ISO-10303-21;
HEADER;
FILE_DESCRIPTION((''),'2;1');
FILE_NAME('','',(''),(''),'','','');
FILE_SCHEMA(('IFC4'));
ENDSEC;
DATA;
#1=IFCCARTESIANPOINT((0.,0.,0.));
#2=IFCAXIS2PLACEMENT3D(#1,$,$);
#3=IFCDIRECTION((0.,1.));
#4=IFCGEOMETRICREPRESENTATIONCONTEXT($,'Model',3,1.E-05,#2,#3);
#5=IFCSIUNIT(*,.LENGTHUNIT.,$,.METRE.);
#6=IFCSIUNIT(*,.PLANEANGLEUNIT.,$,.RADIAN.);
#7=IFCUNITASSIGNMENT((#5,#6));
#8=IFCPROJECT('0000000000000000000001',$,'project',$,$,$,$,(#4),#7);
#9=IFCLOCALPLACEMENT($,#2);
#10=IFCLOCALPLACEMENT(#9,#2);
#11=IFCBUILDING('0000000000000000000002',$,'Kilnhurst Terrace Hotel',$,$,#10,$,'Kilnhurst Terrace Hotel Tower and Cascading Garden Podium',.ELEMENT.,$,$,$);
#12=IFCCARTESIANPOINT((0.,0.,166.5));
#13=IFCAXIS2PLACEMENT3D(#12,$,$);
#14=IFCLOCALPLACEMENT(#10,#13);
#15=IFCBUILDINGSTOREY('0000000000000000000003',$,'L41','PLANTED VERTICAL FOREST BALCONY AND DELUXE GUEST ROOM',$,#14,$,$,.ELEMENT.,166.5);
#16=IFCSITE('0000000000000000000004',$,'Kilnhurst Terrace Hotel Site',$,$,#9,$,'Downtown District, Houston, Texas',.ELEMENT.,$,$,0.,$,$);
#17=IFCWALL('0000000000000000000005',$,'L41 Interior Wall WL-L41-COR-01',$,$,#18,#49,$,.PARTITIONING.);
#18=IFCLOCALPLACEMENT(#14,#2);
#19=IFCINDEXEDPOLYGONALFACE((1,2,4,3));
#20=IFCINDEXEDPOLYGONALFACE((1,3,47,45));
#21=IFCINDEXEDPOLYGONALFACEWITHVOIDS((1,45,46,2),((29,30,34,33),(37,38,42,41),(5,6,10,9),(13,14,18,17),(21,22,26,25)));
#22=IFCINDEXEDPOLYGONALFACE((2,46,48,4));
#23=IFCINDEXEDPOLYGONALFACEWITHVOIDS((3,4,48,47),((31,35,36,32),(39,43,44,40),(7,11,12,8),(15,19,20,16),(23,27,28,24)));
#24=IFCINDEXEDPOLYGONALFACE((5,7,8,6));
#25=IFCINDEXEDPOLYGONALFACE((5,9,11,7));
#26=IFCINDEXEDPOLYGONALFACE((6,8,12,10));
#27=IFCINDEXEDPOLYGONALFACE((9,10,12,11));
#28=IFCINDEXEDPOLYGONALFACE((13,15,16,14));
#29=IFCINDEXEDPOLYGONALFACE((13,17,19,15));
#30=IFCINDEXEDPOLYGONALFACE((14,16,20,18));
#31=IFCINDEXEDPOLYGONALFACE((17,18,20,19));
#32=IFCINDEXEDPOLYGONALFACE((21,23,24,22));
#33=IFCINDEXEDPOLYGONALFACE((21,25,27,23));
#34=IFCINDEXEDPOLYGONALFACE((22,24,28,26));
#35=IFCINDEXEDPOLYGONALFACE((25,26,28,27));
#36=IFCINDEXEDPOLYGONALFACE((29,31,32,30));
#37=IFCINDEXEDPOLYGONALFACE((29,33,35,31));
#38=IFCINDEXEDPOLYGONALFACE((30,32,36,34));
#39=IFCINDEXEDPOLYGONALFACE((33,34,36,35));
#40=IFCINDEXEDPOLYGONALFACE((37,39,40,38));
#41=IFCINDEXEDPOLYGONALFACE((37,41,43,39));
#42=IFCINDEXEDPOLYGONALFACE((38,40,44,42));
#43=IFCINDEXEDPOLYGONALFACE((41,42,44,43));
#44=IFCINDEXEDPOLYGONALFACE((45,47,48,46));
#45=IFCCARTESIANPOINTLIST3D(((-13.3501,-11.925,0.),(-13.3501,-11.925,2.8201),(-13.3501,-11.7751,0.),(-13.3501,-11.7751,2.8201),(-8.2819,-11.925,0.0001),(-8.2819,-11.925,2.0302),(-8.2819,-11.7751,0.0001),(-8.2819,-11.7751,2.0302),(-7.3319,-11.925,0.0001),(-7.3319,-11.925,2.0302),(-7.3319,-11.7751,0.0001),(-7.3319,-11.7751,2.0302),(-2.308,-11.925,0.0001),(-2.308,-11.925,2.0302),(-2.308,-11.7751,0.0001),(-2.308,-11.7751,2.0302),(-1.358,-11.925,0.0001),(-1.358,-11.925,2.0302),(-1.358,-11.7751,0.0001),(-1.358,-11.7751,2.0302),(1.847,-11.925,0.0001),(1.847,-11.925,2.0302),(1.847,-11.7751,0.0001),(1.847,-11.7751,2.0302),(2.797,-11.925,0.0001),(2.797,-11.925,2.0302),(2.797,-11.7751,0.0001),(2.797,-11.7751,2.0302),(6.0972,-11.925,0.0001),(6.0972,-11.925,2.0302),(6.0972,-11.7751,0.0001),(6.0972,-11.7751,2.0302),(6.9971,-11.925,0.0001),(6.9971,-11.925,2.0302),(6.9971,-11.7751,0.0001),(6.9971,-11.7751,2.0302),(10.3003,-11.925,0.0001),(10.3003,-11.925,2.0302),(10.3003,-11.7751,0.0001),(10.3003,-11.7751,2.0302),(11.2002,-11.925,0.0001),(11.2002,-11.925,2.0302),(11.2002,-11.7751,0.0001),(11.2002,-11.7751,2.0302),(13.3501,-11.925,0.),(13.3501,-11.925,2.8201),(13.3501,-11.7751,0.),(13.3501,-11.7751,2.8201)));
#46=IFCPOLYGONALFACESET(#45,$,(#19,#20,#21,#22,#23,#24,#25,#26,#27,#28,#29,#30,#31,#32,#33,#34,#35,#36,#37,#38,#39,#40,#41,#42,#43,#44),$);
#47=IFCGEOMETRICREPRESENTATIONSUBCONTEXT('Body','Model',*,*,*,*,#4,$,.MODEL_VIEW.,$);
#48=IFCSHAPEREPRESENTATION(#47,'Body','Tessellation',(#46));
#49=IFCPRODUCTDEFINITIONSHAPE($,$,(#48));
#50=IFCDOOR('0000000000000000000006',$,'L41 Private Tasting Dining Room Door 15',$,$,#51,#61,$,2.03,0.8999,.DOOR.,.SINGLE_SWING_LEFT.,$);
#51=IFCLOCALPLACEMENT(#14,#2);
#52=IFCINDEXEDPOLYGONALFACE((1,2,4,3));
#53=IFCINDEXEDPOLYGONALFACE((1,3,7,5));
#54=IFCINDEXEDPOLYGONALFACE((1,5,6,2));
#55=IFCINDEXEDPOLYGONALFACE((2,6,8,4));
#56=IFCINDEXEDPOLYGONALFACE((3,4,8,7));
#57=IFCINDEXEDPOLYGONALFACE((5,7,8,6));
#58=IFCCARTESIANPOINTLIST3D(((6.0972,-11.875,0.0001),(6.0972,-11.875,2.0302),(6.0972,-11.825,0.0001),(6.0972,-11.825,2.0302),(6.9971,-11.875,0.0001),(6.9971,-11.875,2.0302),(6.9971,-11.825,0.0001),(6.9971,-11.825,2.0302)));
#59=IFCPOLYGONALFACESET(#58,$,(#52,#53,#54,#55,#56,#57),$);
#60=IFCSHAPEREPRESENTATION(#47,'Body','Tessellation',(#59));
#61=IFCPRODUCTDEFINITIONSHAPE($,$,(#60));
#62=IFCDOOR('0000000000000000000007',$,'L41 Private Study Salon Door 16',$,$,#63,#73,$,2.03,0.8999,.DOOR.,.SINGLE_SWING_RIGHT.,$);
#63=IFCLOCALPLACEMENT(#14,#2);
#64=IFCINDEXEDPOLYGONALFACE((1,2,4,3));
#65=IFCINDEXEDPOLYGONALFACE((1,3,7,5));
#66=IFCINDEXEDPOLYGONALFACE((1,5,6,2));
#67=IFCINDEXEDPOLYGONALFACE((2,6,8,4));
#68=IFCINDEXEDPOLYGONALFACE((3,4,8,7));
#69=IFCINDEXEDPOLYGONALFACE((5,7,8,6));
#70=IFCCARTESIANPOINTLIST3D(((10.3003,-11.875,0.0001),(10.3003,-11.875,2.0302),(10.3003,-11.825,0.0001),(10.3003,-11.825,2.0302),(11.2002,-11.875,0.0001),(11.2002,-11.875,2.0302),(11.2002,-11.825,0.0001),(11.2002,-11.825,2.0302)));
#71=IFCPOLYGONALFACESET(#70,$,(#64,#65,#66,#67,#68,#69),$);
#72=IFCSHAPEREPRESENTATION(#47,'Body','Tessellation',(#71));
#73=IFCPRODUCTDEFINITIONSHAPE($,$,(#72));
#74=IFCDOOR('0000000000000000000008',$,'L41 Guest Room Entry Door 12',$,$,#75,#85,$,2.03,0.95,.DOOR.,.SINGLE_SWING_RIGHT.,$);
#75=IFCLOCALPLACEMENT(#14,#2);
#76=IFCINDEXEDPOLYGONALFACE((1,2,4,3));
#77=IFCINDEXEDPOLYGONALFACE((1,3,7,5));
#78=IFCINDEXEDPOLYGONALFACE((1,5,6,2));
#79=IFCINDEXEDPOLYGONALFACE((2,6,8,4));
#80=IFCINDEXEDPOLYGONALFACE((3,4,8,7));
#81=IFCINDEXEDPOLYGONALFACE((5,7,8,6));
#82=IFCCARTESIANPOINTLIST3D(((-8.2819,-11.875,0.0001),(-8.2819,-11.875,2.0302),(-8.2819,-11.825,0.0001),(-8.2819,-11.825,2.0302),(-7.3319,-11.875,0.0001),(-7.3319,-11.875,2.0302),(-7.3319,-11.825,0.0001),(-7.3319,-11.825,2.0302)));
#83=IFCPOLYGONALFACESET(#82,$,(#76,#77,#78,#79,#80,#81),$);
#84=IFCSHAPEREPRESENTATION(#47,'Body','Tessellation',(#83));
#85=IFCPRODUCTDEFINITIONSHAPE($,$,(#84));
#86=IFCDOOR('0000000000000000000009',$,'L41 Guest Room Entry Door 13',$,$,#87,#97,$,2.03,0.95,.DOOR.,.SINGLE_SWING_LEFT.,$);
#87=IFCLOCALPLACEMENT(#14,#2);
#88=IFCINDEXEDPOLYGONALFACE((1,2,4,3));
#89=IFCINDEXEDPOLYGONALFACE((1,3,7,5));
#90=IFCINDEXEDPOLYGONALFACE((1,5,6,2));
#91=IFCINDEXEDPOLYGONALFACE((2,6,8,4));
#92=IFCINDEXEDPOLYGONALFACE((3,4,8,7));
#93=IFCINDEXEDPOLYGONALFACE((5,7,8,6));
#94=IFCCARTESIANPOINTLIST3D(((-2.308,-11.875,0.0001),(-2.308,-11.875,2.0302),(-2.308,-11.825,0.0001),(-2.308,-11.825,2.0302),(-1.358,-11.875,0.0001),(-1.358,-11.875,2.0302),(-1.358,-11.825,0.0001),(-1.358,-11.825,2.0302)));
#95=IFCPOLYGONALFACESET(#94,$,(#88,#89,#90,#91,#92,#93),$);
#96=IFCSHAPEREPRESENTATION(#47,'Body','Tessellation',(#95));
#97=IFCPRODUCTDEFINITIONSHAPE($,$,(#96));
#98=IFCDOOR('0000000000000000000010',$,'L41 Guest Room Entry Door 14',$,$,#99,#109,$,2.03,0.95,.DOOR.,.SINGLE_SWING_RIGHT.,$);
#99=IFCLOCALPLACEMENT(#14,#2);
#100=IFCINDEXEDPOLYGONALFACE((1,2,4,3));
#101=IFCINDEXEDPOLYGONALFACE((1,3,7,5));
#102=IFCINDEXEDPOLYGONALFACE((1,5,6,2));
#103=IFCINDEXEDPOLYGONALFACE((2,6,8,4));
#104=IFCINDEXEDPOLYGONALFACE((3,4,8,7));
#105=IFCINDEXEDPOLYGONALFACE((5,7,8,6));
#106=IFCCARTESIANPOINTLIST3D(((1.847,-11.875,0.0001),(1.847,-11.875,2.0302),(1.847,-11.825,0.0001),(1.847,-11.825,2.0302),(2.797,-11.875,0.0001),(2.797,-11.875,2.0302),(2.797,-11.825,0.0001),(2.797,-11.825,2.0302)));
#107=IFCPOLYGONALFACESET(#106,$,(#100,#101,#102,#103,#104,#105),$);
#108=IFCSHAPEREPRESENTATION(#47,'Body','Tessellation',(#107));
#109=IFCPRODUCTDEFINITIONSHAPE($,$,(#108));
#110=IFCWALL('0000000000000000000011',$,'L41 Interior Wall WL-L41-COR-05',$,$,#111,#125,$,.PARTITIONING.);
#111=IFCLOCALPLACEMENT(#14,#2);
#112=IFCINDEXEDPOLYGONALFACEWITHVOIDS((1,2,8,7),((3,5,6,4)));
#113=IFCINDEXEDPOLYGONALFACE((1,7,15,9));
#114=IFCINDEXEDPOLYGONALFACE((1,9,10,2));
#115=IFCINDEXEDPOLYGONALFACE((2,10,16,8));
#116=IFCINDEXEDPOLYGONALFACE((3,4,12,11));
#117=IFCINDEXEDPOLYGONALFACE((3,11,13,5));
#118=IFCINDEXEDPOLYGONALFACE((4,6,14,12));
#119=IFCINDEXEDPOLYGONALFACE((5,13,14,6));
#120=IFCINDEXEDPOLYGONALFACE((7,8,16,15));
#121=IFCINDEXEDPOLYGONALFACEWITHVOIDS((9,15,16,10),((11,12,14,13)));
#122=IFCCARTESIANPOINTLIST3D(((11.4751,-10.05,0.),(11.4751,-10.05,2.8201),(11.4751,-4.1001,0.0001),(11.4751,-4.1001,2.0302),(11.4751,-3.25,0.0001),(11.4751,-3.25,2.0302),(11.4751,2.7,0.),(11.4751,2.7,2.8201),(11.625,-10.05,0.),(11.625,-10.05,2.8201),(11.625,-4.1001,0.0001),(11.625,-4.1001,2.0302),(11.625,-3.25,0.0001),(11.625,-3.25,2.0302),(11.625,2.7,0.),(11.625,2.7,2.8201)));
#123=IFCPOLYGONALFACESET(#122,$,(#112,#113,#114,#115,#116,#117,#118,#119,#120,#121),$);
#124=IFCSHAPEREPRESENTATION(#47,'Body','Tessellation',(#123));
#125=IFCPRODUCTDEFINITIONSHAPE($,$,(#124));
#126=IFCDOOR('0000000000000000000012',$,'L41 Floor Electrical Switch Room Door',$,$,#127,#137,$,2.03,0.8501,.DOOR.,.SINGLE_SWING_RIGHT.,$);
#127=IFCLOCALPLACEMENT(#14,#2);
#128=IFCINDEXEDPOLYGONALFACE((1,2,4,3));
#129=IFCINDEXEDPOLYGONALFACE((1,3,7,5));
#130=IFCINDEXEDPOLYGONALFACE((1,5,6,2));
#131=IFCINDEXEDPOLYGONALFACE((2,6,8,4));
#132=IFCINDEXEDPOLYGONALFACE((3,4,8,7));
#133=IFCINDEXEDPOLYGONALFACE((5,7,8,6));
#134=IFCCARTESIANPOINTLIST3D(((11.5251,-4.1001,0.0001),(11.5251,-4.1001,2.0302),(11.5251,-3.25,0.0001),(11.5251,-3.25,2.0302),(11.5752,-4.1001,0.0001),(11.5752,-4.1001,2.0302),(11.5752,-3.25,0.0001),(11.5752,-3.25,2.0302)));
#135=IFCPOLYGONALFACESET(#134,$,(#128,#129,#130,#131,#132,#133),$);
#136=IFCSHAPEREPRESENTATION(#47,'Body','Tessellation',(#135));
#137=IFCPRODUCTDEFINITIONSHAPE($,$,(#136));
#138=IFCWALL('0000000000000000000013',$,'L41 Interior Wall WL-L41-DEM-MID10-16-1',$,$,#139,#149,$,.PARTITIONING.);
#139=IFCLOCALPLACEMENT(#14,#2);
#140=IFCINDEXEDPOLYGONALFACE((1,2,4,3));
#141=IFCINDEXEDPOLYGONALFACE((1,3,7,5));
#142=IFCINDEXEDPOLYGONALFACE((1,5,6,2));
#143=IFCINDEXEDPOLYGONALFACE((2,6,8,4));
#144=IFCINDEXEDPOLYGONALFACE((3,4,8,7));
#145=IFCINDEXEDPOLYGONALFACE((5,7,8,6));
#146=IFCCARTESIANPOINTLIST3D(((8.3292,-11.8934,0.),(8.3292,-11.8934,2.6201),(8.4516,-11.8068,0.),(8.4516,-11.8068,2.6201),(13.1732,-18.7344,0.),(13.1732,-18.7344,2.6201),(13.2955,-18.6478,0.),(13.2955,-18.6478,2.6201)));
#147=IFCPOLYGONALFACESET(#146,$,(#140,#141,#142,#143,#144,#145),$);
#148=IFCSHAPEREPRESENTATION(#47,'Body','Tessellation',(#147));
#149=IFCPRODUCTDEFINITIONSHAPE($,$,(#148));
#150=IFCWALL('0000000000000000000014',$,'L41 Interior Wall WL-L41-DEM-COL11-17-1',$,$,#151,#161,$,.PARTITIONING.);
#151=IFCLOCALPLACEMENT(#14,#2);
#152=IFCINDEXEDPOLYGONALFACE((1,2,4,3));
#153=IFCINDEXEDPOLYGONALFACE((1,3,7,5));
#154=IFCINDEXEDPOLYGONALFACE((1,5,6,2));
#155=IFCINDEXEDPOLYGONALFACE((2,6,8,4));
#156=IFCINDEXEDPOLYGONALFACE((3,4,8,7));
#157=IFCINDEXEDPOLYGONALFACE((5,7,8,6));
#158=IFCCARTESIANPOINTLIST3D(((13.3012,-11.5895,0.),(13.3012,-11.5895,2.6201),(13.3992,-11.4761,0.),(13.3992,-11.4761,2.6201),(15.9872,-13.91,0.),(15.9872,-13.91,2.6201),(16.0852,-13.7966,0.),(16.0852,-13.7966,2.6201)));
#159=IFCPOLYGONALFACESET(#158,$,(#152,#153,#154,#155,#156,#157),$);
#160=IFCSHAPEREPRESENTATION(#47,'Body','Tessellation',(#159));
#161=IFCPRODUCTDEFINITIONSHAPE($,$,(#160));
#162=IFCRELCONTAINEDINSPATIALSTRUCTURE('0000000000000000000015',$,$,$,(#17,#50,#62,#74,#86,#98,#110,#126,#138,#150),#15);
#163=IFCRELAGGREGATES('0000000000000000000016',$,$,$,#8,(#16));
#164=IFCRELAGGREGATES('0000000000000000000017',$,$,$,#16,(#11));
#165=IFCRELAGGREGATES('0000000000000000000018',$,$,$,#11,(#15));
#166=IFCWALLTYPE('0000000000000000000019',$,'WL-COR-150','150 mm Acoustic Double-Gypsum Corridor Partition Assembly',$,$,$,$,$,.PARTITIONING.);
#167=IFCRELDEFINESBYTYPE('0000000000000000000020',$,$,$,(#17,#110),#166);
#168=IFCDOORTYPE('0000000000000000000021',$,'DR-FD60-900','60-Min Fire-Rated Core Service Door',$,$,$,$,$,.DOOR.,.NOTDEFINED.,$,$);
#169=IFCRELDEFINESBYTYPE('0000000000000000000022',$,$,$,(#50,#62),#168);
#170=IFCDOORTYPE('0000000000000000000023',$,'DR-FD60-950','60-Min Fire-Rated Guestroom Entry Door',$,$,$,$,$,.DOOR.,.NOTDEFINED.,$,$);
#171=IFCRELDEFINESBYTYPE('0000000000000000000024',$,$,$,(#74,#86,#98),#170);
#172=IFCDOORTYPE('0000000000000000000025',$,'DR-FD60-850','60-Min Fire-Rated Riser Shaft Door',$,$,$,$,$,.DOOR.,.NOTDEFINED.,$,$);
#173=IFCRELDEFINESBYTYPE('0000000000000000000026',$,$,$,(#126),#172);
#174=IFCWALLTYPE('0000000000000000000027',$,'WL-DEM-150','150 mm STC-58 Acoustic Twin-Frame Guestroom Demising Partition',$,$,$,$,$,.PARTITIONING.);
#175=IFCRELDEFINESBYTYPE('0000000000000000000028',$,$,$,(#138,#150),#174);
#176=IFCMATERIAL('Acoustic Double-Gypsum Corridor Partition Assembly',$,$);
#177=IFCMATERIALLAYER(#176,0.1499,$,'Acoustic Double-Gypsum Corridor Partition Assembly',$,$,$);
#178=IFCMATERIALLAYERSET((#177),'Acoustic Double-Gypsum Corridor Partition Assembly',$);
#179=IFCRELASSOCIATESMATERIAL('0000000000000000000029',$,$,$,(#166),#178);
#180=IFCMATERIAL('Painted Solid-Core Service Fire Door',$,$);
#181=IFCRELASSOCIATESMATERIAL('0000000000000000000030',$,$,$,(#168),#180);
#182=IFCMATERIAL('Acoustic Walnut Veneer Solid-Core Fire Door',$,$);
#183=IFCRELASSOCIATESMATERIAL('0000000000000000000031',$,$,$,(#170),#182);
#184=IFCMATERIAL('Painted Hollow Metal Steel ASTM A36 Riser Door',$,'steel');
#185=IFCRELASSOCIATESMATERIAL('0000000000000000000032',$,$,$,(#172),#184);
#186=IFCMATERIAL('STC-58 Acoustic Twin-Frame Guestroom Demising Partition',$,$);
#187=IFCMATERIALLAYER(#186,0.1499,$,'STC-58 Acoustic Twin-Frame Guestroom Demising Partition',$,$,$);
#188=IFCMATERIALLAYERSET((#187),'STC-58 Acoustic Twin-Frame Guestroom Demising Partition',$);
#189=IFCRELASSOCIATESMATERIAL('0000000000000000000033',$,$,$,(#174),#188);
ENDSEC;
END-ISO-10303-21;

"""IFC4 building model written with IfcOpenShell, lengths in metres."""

from ifc_helpers import new_model, si_unit, direction, frame, frame_2d, origin, place, context, subcontext, project, spatial, rectangle, extrude, material, layer, layer_set, type_object, element, fill, save


model = new_model("IFC4")

# Units and contexts
model_context = context("Model", 3, precision=1e-05, world=origin(), true_north=direction((0.0, 1.0)))
body_context = subcontext(model_context, "Body", "Model", "MODEL_VIEW")
ifc_project = project(units=[si_unit("LENGTHUNIT", "METRE"), si_unit("PLANEANGLEUNIT", "RADIAN")], contexts=[model_context])

# Site, building, storey
site_placement = place(None, origin())
site = spatial("IfcSite", under=ifc_project, at=site_placement, Name="Kilnhurst Terrace Hotel Site", LongName="Downtown District, Houston, Texas", CompositionType="ELEMENT", RefElevation=0.0)
building_placement = place(site_placement, origin())
building = spatial("IfcBuilding", under=site, at=building_placement, Name="Kilnhurst Terrace Hotel", LongName="Kilnhurst Terrace Hotel Tower and Cascading Garden Podium", CompositionType="ELEMENT")
storey_placement = place(building_placement, frame((0.0, 0.0, 166.5)))
storey = spatial("IfcBuildingStorey", under=building, at=storey_placement, Name="L41", Description="PLANTED VERTICAL FOREST BALCONY AND DELUXE GUEST ROOM", CompositionType="ELEMENT", Elevation=166.5)

# Wall, openings, doors
ifc_material_1 = material(Name="Acoustic Double-Gypsum Corridor Partition Assembly")
ifc_layer_1 = layer(ifc_material_1, 0.1499, Name="Acoustic Double-Gypsum Corridor Partition Assembly")
ifc_layer_set_1 = layer_set([ifc_layer_1], Name="Acoustic Double-Gypsum Corridor Partition Assembly")
wall_type_1 = type_object("IfcWallType", Name="WL-COR-150", Description="150 mm Acoustic Double-Gypsum Corridor Partition Assembly", PredefinedType="PARTITIONING", material=ifc_layer_set_1)
wall_1_placement = place(storey_placement, frame((13.3501, -11.8501, 0.0), z_axis=(0.0, 0.0, 1.0), x_axis=(-1.0, 0.0, 0.0)))
wall_1 = element("IfcWall", 1, at=wall_1_placement, inside=storey, type_object=wall_type_1, Name="L41 Interior Wall WL-L41-COR-01", PredefinedType="PARTITIONING", context=body_context, shape_type="SweptSolid", body=[
    extrude(rectangle(XDim=26.7002, YDim=0.1499, at=frame_2d((13.3501, 0.0))), origin(), (0.0, 0.0, 1.0), 2.8201),
])
opening_1_placement = place(wall_1_placement, frame((20.6819, 0.0, 0.0)))
opening_1 = element("IfcOpeningElement", 2, at=opening_1_placement, cuts=wall_1, PredefinedType="OPENING", context=body_context, shape_type="SweptSolid", body=[
    extrude(rectangle(XDim=0.95, YDim=2.03, at=frame_2d((0.4751, 1.0151))), frame((0.0, 0.085, 0.0), z_axis=(0.0, -1.0, 0.0), x_axis=(1.0, 0.0, 0.0)), (0.0, 0.0, 1.0), 0.1699),
])
opening_2_placement = place(wall_1_placement, frame((14.708, 0.0, 0.0)))
opening_2 = element("IfcOpeningElement", 3, at=opening_2_placement, cuts=wall_1, PredefinedType="OPENING", context=body_context, shape_type="SweptSolid", body=[
    extrude(rectangle(XDim=0.95, YDim=2.03, at=frame_2d((0.4751, 1.0151))), frame((0.0, 0.085, 0.0), z_axis=(0.0, -1.0, 0.0), x_axis=(1.0, 0.0, 0.0)), (0.0, 0.0, 1.0), 0.1699),
])
opening_3_placement = place(wall_1_placement, frame((10.553, 0.0, 0.0)))
opening_3 = element("IfcOpeningElement", 4, at=opening_3_placement, cuts=wall_1, PredefinedType="OPENING", context=body_context, shape_type="SweptSolid", body=[
    extrude(rectangle(XDim=0.95, YDim=2.03, at=frame_2d((0.4751, 1.0151))), frame((0.0, 0.085, 0.0), z_axis=(0.0, -1.0, 0.0), x_axis=(1.0, 0.0, 0.0)), (0.0, 0.0, 1.0), 0.1699),
])
opening_4_placement = place(wall_1_placement, frame((6.353, 0.0, 0.0)))
opening_4 = element("IfcOpeningElement", 5, at=opening_4_placement, cuts=wall_1, PredefinedType="OPENING", context=body_context, shape_type="SweptSolid", body=[
    extrude(rectangle(XDim=0.8999, YDim=2.03, at=frame_2d((0.45, 1.0151))), frame((0.0, 0.085, 0.0), z_axis=(0.0, -1.0, 0.0), x_axis=(1.0, 0.0, 0.0)), (0.0, 0.0, 1.0), 0.1699),
])
opening_5_placement = place(wall_1_placement, frame((2.1499, 0.0, 0.0)))
opening_5 = element("IfcOpeningElement", 6, at=opening_5_placement, cuts=wall_1, PredefinedType="OPENING", context=body_context, shape_type="SweptSolid", body=[
    extrude(rectangle(XDim=0.8999, YDim=2.03, at=frame_2d((0.45, 1.0151))), frame((0.0, 0.085, 0.0), z_axis=(0.0, -1.0, 0.0), x_axis=(1.0, 0.0, 0.0)), (0.0, 0.0, 1.0), 0.1699),
])
ifc_material_2 = material(Name="Painted Solid-Core Service Fire Door")
door_type_1 = type_object("IfcDoorType", Name="DR-FD60-900", Description="60-Min Fire-Rated Core Service Door", OperationType="NOTDEFINED", PredefinedType="DOOR", material=ifc_material_2)
door_1_placement = place(opening_4_placement, origin())
door_1 = element("IfcDoor", 7, at=door_1_placement, inside=storey, type_object=door_type_1, Name="L41 Private Tasting Dining Room Door 15", OperationType="SINGLE_SWING_LEFT", OverallHeight=2.03, OverallWidth=0.8999, PredefinedType="DOOR", context=body_context, shape_type="SweptSolid", body=[
    extrude(rectangle(XDim=0.8999, YDim=2.03, at=frame_2d((0.45, 1.0151))), frame((0.0, 0.0249, 0.0), z_axis=(0.0, -1.0, 0.0), x_axis=(1.0, 0.0, 0.0)), (0.0, 0.0, 1.0), 0.05),
])
fill(opening_4, door_1)
door_2_placement = place(opening_5_placement, origin())
door_2 = element("IfcDoor", 8, at=door_2_placement, inside=storey, type_object=door_type_1, Name="L41 Private Study Salon Door 16", OperationType="SINGLE_SWING_RIGHT", OverallHeight=2.03, OverallWidth=0.8999, PredefinedType="DOOR", context=body_context, shape_type="SweptSolid", body=[
    extrude(rectangle(XDim=0.8999, YDim=2.03, at=frame_2d((0.45, 1.0151))), frame((0.0, 0.0249, 0.0), z_axis=(0.0, -1.0, 0.0), x_axis=(1.0, 0.0, 0.0)), (0.0, 0.0, 1.0), 0.05),
])
fill(opening_5, door_2)
ifc_material_3 = material(Name="Acoustic Walnut Veneer Solid-Core Fire Door")
door_type_2 = type_object("IfcDoorType", Name="DR-FD60-950", Description="60-Min Fire-Rated Guestroom Entry Door", OperationType="NOTDEFINED", PredefinedType="DOOR", material=ifc_material_3)
door_3_placement = place(opening_1_placement, origin())
door_3 = element("IfcDoor", 9, at=door_3_placement, inside=storey, type_object=door_type_2, Name="L41 Guest Room Entry Door 12", OperationType="SINGLE_SWING_RIGHT", OverallHeight=2.03, OverallWidth=0.95, PredefinedType="DOOR", context=body_context, shape_type="SweptSolid", body=[
    extrude(rectangle(XDim=0.95, YDim=2.03, at=frame_2d((0.4751, 1.0151))), frame((0.0, 0.0249, 0.0), z_axis=(0.0, -1.0, 0.0), x_axis=(1.0, 0.0, 0.0)), (0.0, 0.0, 1.0), 0.05),
])
fill(opening_1, door_3)
door_4_placement = place(opening_2_placement, origin())
door_4 = element("IfcDoor", 10, at=door_4_placement, inside=storey, type_object=door_type_2, Name="L41 Guest Room Entry Door 13", OperationType="SINGLE_SWING_LEFT", OverallHeight=2.03, OverallWidth=0.95, PredefinedType="DOOR", context=body_context, shape_type="SweptSolid", body=[
    extrude(rectangle(XDim=0.95, YDim=2.03, at=frame_2d((0.4751, 1.0151))), frame((0.0, 0.0249, 0.0), z_axis=(0.0, -1.0, 0.0), x_axis=(1.0, 0.0, 0.0)), (0.0, 0.0, 1.0), 0.05),
])
fill(opening_2, door_4)
door_5_placement = place(opening_3_placement, origin())
door_5 = element("IfcDoor", 11, at=door_5_placement, inside=storey, type_object=door_type_2, Name="L41 Guest Room Entry Door 14", OperationType="SINGLE_SWING_RIGHT", OverallHeight=2.03, OverallWidth=0.95, PredefinedType="DOOR", context=body_context, shape_type="SweptSolid", body=[
    extrude(rectangle(XDim=0.95, YDim=2.03, at=frame_2d((0.4751, 1.0151))), frame((0.0, 0.0249, 0.0), z_axis=(0.0, -1.0, 0.0), x_axis=(1.0, 0.0, 0.0)), (0.0, 0.0, 1.0), 0.05),
])
fill(opening_3, door_5)

# Wall, opening, door
wall_2_placement = place(storey_placement, frame((11.55, -10.05, 0.0), z_axis=(0.0, 0.0, 1.0), x_axis=(0.0, 1.0, 0.0)))
wall_2 = element("IfcWall", 12, at=wall_2_placement, inside=storey, type_object=wall_type_1, Name="L41 Interior Wall WL-L41-COR-05", PredefinedType="PARTITIONING", context=body_context, shape_type="SweptSolid", body=[
    extrude(rectangle(XDim=12.75, YDim=0.1499, at=frame_2d((6.375, 0.0))), origin(), (0.0, 0.0, 1.0), 2.8201),
])
opening_6_placement = place(wall_2_placement, frame((5.95, 0.0, 0.0)))
opening_6 = element("IfcOpeningElement", 13, at=opening_6_placement, cuts=wall_2, PredefinedType="OPENING", context=body_context, shape_type="SweptSolid", body=[
    extrude(rectangle(XDim=0.8501, YDim=2.03, at=frame_2d((0.425, 1.0151))), frame((0.0, 0.085, 0.0), z_axis=(0.0, -1.0, 0.0), x_axis=(1.0, 0.0, 0.0)), (0.0, 0.0, 1.0), 0.1699),
])
ifc_material_4 = material(Name="Painted Hollow Metal Steel ASTM A36 Riser Door", Category="steel")
door_type_3 = type_object("IfcDoorType", Name="DR-FD60-850", Description="60-Min Fire-Rated Riser Shaft Door", OperationType="NOTDEFINED", PredefinedType="DOOR", material=ifc_material_4)
door_6_placement = place(opening_6_placement, origin())
door_6 = element("IfcDoor", 14, at=door_6_placement, inside=storey, type_object=door_type_3, Name="L41 Floor Electrical Switch Room Door", OperationType="SINGLE_SWING_RIGHT", OverallHeight=2.03, OverallWidth=0.8501, PredefinedType="DOOR", context=body_context, shape_type="SweptSolid", body=[
    extrude(rectangle(XDim=0.8501, YDim=2.03, at=frame_2d((0.425, 1.0151))), frame((0.0, 0.0249, 0.0), z_axis=(0.0, -1.0, 0.0), x_axis=(1.0, 0.0, 0.0)), (0.0, 0.0, 1.0), 0.05),
])
fill(opening_6, door_6)

# Walls
ifc_material_5 = material(Name="STC-58 Acoustic Twin-Frame Guestroom Demising Partition")
ifc_layer_2 = layer(ifc_material_5, 0.1499, Name="STC-58 Acoustic Twin-Frame Guestroom Demising Partition")
ifc_layer_set_2 = layer_set([ifc_layer_2], Name="STC-58 Acoustic Twin-Frame Guestroom Demising Partition")
wall_type_2 = type_object("IfcWallType", Name="WL-DEM-150", Description="150 mm STC-58 Acoustic Twin-Frame Guestroom Demising Partition", PredefinedType="PARTITIONING", material=ifc_layer_set_2)
wall_3_placement = place(storey_placement, frame((8.3904, -11.8501, 0.0), z_axis=(0.0, 0.0, 1.0), x_axis=(0.577878, -0.816123, 0.0)))
element("IfcWall", 15, at=wall_3_placement, inside=storey, type_object=wall_type_2, Name="L41 Interior Wall WL-L41-DEM-MID10-16-1", PredefinedType="PARTITIONING", context=body_context, shape_type="SweptSolid", body=[
    extrude(rectangle(XDim=8.3823, YDim=0.1499, at=frame_2d((4.1912, 0.0))), origin(), (0.0, 0.0, 1.0), 2.6201),
])
wall_4_placement = place(storey_placement, frame((13.3501, -11.5327, 0.0), z_axis=(0.0, 0.0, 1.0), x_axis=(0.756712, -0.653749, 0.0)))
element("IfcWall", 16, at=wall_4_placement, inside=storey, type_object=wall_type_2, Name="L41 Interior Wall WL-L41-DEM-COL11-17-1", PredefinedType="PARTITIONING", context=body_context, shape_type="SweptSolid", body=[
    extrude(rectangle(XDim=3.5496, YDim=0.1499, at=frame_2d((1.7749, 0.0))), origin(), (0.0, 0.0, 1.0), 2.6201),
])

save(model, "model.ifc")
